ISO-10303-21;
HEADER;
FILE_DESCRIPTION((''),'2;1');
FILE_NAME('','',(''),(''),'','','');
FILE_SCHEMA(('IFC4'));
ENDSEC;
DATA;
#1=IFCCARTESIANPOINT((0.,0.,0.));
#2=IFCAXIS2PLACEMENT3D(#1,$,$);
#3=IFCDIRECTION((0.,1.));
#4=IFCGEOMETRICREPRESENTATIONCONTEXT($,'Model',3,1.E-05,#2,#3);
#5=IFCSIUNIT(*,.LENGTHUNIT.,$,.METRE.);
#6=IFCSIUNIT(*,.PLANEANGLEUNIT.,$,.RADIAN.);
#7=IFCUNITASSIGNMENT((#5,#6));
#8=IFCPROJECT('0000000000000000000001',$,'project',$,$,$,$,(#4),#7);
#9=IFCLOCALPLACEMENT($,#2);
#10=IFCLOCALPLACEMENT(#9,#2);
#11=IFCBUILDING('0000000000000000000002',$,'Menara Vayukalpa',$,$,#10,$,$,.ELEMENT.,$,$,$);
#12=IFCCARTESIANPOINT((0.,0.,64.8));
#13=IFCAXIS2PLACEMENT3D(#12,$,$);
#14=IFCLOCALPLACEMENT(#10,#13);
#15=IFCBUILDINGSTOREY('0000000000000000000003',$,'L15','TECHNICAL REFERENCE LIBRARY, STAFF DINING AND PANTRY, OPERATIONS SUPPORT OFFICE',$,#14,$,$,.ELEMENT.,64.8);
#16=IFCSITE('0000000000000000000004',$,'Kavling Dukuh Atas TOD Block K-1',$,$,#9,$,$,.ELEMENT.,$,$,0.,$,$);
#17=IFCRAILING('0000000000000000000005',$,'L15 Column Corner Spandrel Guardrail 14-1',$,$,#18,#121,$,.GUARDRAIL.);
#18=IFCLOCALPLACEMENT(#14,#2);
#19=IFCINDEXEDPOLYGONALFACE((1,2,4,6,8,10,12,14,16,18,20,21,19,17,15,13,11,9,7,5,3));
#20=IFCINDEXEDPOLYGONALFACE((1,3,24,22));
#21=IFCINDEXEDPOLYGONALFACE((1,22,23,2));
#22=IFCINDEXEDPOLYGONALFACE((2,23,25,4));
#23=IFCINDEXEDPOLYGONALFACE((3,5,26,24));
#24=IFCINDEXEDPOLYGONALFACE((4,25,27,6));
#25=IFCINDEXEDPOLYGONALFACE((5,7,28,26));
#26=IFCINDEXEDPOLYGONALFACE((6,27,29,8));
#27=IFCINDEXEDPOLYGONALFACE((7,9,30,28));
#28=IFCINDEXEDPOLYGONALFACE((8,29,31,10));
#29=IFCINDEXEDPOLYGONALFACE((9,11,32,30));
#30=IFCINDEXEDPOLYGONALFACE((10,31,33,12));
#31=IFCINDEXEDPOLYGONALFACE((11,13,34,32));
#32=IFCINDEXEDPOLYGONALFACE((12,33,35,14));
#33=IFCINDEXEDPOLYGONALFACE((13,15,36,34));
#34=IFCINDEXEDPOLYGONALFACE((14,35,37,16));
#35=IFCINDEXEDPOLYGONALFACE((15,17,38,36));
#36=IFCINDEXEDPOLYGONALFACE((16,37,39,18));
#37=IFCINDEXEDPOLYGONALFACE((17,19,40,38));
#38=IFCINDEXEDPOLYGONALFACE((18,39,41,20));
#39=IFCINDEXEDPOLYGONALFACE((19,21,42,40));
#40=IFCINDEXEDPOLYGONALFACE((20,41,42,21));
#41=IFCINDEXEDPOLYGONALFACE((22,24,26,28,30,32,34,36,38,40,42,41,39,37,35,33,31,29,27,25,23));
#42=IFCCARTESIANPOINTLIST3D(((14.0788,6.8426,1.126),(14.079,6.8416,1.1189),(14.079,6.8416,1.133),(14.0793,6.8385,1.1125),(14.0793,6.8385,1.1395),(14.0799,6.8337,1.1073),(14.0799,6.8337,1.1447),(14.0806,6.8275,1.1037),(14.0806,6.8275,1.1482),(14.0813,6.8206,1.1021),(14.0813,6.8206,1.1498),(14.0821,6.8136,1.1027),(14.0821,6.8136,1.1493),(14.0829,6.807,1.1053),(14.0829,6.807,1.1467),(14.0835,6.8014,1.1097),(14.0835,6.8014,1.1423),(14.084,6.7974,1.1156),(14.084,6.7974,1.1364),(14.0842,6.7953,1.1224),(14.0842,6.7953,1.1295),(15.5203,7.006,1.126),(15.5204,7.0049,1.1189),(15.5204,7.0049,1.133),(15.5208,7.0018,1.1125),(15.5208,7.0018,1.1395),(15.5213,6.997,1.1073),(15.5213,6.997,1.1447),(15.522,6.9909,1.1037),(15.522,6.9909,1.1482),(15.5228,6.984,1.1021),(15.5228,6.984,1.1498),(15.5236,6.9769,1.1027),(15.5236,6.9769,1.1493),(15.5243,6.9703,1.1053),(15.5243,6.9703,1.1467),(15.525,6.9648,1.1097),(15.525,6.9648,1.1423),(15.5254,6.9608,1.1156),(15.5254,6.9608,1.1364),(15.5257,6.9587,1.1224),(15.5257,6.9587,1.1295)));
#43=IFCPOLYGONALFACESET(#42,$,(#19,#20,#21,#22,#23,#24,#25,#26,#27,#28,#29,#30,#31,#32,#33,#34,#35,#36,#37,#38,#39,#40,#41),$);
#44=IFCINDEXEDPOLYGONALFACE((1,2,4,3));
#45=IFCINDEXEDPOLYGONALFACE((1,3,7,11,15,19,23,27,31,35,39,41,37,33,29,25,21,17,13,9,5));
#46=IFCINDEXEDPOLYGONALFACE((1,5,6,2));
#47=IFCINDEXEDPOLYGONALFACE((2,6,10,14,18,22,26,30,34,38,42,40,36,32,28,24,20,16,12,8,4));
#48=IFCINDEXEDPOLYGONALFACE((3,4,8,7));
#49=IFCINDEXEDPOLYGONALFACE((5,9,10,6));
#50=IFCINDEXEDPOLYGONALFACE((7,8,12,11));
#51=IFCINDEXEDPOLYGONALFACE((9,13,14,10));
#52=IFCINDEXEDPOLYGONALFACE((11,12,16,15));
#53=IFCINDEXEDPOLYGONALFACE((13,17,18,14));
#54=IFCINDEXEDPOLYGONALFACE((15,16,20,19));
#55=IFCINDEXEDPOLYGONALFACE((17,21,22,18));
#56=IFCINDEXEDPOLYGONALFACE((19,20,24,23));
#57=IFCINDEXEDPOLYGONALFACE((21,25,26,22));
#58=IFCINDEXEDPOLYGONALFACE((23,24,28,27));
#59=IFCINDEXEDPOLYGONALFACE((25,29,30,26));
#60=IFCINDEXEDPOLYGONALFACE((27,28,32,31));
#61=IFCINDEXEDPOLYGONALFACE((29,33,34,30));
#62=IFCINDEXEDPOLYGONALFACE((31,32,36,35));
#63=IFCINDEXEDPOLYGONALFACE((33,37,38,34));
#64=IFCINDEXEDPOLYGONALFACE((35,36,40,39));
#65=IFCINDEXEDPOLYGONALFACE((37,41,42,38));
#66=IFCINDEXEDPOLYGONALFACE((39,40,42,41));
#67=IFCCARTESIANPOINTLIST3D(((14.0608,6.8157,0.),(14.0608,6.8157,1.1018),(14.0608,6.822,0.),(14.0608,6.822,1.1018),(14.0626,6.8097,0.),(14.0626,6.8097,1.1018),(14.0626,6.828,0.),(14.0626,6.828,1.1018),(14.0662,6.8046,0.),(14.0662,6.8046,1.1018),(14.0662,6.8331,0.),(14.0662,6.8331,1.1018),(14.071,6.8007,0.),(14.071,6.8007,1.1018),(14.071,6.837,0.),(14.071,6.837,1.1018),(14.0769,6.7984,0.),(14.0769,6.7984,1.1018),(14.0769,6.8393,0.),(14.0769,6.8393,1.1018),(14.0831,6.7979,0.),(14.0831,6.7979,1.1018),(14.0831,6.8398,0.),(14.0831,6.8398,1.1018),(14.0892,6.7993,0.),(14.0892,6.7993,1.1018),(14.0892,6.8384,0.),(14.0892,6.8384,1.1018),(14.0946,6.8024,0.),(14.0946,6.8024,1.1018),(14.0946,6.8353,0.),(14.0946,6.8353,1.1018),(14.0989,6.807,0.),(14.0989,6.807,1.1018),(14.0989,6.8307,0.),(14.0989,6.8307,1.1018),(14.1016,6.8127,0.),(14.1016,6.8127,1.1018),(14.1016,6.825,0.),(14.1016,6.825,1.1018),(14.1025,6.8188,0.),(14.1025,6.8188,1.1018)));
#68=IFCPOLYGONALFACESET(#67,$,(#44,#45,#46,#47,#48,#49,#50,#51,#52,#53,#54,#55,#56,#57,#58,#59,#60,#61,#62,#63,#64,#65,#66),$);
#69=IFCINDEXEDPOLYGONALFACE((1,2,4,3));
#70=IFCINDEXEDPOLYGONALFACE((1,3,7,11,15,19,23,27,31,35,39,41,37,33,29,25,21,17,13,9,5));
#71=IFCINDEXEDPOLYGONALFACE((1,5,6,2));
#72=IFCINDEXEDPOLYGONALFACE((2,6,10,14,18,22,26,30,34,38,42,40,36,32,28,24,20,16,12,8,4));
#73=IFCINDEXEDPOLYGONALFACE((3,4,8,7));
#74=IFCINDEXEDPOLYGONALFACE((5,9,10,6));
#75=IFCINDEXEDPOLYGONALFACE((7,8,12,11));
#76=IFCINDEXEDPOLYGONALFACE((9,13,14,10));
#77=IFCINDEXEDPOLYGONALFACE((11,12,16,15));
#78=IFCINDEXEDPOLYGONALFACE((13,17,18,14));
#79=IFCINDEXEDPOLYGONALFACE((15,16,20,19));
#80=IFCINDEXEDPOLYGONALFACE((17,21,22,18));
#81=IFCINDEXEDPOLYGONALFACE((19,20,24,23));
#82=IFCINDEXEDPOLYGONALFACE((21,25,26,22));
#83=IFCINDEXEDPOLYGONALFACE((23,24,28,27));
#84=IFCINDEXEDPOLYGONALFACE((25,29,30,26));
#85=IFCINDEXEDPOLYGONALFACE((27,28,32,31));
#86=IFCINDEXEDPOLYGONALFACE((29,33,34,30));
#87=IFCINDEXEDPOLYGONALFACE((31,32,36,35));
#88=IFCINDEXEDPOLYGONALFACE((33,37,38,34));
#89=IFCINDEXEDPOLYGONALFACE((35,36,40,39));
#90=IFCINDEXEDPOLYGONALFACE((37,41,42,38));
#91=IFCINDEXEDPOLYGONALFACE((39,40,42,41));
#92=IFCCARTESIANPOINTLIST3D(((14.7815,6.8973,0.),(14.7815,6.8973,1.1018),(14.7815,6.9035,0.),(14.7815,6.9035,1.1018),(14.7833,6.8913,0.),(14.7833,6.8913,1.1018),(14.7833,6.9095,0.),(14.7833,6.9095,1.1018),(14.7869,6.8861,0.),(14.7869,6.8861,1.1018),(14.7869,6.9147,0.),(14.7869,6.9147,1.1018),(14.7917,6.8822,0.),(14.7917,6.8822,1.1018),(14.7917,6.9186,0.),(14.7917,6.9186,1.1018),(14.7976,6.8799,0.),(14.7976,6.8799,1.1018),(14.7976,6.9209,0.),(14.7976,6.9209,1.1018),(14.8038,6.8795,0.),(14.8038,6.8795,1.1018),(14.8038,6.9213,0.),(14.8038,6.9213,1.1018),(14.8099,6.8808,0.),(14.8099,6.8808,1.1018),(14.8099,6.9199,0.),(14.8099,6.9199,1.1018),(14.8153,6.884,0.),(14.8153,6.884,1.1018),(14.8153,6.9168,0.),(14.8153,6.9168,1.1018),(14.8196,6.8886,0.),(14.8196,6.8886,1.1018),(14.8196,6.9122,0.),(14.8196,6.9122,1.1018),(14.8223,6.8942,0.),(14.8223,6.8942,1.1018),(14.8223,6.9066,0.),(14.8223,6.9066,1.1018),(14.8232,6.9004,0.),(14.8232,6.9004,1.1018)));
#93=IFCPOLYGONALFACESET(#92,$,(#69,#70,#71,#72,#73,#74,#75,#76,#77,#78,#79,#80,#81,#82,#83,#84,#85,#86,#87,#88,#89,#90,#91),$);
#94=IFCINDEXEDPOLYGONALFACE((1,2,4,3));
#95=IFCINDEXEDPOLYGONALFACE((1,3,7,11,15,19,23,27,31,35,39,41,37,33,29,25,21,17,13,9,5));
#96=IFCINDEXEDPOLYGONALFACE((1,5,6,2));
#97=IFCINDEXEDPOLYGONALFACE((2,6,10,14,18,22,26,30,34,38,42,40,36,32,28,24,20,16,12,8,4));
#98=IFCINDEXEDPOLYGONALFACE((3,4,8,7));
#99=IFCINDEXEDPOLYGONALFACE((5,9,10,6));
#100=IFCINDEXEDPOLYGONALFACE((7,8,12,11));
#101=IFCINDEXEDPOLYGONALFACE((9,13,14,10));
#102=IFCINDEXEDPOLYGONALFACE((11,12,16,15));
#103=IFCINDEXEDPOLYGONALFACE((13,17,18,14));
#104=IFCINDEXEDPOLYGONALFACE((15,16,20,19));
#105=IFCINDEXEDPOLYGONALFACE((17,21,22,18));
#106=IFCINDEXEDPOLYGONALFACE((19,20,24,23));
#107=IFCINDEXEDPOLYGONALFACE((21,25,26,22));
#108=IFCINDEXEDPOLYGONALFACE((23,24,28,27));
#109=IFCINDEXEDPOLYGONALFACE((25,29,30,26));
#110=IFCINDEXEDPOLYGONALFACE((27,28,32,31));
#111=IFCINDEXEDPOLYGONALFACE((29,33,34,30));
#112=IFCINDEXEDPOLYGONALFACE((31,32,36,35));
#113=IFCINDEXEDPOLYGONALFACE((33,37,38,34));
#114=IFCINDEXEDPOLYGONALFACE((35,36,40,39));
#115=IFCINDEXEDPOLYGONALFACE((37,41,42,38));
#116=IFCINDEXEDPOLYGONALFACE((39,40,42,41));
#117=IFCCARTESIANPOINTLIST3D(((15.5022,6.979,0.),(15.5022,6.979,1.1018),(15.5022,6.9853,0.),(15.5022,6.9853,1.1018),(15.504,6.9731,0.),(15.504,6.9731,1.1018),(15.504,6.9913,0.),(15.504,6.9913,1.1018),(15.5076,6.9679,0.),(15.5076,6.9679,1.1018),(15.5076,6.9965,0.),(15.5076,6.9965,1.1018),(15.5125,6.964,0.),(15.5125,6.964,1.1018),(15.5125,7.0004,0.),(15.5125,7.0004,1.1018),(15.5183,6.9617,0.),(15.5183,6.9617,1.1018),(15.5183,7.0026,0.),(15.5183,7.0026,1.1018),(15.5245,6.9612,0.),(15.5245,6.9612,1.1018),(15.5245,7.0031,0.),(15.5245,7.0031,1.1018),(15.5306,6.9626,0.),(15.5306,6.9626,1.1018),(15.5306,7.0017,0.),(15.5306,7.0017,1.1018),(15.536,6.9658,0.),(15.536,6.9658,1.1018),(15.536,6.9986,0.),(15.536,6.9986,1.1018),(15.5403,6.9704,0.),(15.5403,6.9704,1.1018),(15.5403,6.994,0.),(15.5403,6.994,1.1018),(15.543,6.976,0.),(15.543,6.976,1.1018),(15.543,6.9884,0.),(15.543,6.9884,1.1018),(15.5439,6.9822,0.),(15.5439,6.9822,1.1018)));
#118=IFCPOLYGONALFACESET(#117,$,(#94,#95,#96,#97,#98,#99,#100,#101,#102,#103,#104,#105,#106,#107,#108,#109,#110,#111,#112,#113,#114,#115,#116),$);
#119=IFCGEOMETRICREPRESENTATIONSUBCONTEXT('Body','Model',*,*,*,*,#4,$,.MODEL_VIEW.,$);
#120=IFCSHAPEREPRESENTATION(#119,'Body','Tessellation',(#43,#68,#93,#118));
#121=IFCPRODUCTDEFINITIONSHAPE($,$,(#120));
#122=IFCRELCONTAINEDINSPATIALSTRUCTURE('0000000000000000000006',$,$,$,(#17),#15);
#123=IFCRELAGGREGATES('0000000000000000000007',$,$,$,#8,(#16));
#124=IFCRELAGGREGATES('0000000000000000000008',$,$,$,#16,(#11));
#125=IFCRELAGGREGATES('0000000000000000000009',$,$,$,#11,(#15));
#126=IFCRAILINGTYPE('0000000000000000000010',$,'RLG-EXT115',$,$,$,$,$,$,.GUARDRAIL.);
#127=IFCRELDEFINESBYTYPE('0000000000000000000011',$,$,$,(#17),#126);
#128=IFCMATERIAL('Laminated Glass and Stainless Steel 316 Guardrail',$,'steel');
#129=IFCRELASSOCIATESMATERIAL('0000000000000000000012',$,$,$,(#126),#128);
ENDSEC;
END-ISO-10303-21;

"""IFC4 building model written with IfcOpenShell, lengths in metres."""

from ifc_helpers import new_model, si_unit, direction, frame, origin, origin_2d, place, context, subcontext, project, spatial, circle, extrude, material, type_object, element, save


model = new_model("IFC4")

# Units and contexts
model_context = context("Model", 3, precision=1e-05, world=origin(), true_north=direction((0.0, 1.0)))
body_context = subcontext(model_context, "Body", "Model", "MODEL_VIEW")
ifc_project = project(units=[si_unit("LENGTHUNIT", "METRE"), si_unit("PLANEANGLEUNIT", "RADIAN")], contexts=[model_context])

# Site, building, storey
site_placement = place(None, origin())
site = spatial("IfcSite", under=ifc_project, at=site_placement, Name="Kavling Dukuh Atas TOD Block K-1", CompositionType="ELEMENT", RefElevation=0.0)
building_placement = place(site_placement, origin())
building = spatial("IfcBuilding", under=site, at=building_placement, Name="Menara Vayukalpa", CompositionType="ELEMENT")
storey_placement = place(building_placement, frame((0.0, 0.0, 64.8)))
storey = spatial("IfcBuildingStorey", under=building, at=storey_placement, Name="L15", Description="TECHNICAL REFERENCE LIBRARY, STAFF DINING AND PANTRY, OPERATIONS SUPPORT OFFICE", CompositionType="ELEMENT", Elevation=64.8)

# Railing
ifc_material_1 = material(Name="Laminated Glass and Stainless Steel 316 Guardrail", Category="steel")
railing_type = type_object("IfcRailingType", Name="RLG-EXT115", PredefinedType="GUARDRAIL", material=ifc_material_1)
railing_1_placement = place(storey_placement, frame((14.0815, 6.8188, 0.0)))
element("IfcRailing", 1, at=railing_1_placement, inside=storey, type_object=railing_type, Name="L15 Column Corner Spandrel Guardrail 14-1", PredefinedType="GUARDRAIL", context=body_context, shape_type="SweptSolid", body=[
    extrude(circle(Radius=0.0239, at=origin_2d()), frame((0.0, 0.0, 1.126), z_axis=(0.993641, 0.112592, 0.0), x_axis=(-0.112592, 0.993641, 0.0)), (0.0, 0.0, 1.0), 1.4507),
    extrude(circle(Radius=0.021, at=origin_2d()), origin(), (0.0, 0.0, 1.0), 1.1018),
    extrude(circle(Radius=0.021, at=origin_2d()), frame((0.7207, 0.0815, 0.0)), (0.0, 0.0, 1.0), 1.1018),
    extrude(circle(Radius=0.021, at=origin_2d()), frame((1.4414, 0.1633, 0.0)), (0.0, 0.0, 1.0), 1.1018),
])

save(model, "model.ifc")
